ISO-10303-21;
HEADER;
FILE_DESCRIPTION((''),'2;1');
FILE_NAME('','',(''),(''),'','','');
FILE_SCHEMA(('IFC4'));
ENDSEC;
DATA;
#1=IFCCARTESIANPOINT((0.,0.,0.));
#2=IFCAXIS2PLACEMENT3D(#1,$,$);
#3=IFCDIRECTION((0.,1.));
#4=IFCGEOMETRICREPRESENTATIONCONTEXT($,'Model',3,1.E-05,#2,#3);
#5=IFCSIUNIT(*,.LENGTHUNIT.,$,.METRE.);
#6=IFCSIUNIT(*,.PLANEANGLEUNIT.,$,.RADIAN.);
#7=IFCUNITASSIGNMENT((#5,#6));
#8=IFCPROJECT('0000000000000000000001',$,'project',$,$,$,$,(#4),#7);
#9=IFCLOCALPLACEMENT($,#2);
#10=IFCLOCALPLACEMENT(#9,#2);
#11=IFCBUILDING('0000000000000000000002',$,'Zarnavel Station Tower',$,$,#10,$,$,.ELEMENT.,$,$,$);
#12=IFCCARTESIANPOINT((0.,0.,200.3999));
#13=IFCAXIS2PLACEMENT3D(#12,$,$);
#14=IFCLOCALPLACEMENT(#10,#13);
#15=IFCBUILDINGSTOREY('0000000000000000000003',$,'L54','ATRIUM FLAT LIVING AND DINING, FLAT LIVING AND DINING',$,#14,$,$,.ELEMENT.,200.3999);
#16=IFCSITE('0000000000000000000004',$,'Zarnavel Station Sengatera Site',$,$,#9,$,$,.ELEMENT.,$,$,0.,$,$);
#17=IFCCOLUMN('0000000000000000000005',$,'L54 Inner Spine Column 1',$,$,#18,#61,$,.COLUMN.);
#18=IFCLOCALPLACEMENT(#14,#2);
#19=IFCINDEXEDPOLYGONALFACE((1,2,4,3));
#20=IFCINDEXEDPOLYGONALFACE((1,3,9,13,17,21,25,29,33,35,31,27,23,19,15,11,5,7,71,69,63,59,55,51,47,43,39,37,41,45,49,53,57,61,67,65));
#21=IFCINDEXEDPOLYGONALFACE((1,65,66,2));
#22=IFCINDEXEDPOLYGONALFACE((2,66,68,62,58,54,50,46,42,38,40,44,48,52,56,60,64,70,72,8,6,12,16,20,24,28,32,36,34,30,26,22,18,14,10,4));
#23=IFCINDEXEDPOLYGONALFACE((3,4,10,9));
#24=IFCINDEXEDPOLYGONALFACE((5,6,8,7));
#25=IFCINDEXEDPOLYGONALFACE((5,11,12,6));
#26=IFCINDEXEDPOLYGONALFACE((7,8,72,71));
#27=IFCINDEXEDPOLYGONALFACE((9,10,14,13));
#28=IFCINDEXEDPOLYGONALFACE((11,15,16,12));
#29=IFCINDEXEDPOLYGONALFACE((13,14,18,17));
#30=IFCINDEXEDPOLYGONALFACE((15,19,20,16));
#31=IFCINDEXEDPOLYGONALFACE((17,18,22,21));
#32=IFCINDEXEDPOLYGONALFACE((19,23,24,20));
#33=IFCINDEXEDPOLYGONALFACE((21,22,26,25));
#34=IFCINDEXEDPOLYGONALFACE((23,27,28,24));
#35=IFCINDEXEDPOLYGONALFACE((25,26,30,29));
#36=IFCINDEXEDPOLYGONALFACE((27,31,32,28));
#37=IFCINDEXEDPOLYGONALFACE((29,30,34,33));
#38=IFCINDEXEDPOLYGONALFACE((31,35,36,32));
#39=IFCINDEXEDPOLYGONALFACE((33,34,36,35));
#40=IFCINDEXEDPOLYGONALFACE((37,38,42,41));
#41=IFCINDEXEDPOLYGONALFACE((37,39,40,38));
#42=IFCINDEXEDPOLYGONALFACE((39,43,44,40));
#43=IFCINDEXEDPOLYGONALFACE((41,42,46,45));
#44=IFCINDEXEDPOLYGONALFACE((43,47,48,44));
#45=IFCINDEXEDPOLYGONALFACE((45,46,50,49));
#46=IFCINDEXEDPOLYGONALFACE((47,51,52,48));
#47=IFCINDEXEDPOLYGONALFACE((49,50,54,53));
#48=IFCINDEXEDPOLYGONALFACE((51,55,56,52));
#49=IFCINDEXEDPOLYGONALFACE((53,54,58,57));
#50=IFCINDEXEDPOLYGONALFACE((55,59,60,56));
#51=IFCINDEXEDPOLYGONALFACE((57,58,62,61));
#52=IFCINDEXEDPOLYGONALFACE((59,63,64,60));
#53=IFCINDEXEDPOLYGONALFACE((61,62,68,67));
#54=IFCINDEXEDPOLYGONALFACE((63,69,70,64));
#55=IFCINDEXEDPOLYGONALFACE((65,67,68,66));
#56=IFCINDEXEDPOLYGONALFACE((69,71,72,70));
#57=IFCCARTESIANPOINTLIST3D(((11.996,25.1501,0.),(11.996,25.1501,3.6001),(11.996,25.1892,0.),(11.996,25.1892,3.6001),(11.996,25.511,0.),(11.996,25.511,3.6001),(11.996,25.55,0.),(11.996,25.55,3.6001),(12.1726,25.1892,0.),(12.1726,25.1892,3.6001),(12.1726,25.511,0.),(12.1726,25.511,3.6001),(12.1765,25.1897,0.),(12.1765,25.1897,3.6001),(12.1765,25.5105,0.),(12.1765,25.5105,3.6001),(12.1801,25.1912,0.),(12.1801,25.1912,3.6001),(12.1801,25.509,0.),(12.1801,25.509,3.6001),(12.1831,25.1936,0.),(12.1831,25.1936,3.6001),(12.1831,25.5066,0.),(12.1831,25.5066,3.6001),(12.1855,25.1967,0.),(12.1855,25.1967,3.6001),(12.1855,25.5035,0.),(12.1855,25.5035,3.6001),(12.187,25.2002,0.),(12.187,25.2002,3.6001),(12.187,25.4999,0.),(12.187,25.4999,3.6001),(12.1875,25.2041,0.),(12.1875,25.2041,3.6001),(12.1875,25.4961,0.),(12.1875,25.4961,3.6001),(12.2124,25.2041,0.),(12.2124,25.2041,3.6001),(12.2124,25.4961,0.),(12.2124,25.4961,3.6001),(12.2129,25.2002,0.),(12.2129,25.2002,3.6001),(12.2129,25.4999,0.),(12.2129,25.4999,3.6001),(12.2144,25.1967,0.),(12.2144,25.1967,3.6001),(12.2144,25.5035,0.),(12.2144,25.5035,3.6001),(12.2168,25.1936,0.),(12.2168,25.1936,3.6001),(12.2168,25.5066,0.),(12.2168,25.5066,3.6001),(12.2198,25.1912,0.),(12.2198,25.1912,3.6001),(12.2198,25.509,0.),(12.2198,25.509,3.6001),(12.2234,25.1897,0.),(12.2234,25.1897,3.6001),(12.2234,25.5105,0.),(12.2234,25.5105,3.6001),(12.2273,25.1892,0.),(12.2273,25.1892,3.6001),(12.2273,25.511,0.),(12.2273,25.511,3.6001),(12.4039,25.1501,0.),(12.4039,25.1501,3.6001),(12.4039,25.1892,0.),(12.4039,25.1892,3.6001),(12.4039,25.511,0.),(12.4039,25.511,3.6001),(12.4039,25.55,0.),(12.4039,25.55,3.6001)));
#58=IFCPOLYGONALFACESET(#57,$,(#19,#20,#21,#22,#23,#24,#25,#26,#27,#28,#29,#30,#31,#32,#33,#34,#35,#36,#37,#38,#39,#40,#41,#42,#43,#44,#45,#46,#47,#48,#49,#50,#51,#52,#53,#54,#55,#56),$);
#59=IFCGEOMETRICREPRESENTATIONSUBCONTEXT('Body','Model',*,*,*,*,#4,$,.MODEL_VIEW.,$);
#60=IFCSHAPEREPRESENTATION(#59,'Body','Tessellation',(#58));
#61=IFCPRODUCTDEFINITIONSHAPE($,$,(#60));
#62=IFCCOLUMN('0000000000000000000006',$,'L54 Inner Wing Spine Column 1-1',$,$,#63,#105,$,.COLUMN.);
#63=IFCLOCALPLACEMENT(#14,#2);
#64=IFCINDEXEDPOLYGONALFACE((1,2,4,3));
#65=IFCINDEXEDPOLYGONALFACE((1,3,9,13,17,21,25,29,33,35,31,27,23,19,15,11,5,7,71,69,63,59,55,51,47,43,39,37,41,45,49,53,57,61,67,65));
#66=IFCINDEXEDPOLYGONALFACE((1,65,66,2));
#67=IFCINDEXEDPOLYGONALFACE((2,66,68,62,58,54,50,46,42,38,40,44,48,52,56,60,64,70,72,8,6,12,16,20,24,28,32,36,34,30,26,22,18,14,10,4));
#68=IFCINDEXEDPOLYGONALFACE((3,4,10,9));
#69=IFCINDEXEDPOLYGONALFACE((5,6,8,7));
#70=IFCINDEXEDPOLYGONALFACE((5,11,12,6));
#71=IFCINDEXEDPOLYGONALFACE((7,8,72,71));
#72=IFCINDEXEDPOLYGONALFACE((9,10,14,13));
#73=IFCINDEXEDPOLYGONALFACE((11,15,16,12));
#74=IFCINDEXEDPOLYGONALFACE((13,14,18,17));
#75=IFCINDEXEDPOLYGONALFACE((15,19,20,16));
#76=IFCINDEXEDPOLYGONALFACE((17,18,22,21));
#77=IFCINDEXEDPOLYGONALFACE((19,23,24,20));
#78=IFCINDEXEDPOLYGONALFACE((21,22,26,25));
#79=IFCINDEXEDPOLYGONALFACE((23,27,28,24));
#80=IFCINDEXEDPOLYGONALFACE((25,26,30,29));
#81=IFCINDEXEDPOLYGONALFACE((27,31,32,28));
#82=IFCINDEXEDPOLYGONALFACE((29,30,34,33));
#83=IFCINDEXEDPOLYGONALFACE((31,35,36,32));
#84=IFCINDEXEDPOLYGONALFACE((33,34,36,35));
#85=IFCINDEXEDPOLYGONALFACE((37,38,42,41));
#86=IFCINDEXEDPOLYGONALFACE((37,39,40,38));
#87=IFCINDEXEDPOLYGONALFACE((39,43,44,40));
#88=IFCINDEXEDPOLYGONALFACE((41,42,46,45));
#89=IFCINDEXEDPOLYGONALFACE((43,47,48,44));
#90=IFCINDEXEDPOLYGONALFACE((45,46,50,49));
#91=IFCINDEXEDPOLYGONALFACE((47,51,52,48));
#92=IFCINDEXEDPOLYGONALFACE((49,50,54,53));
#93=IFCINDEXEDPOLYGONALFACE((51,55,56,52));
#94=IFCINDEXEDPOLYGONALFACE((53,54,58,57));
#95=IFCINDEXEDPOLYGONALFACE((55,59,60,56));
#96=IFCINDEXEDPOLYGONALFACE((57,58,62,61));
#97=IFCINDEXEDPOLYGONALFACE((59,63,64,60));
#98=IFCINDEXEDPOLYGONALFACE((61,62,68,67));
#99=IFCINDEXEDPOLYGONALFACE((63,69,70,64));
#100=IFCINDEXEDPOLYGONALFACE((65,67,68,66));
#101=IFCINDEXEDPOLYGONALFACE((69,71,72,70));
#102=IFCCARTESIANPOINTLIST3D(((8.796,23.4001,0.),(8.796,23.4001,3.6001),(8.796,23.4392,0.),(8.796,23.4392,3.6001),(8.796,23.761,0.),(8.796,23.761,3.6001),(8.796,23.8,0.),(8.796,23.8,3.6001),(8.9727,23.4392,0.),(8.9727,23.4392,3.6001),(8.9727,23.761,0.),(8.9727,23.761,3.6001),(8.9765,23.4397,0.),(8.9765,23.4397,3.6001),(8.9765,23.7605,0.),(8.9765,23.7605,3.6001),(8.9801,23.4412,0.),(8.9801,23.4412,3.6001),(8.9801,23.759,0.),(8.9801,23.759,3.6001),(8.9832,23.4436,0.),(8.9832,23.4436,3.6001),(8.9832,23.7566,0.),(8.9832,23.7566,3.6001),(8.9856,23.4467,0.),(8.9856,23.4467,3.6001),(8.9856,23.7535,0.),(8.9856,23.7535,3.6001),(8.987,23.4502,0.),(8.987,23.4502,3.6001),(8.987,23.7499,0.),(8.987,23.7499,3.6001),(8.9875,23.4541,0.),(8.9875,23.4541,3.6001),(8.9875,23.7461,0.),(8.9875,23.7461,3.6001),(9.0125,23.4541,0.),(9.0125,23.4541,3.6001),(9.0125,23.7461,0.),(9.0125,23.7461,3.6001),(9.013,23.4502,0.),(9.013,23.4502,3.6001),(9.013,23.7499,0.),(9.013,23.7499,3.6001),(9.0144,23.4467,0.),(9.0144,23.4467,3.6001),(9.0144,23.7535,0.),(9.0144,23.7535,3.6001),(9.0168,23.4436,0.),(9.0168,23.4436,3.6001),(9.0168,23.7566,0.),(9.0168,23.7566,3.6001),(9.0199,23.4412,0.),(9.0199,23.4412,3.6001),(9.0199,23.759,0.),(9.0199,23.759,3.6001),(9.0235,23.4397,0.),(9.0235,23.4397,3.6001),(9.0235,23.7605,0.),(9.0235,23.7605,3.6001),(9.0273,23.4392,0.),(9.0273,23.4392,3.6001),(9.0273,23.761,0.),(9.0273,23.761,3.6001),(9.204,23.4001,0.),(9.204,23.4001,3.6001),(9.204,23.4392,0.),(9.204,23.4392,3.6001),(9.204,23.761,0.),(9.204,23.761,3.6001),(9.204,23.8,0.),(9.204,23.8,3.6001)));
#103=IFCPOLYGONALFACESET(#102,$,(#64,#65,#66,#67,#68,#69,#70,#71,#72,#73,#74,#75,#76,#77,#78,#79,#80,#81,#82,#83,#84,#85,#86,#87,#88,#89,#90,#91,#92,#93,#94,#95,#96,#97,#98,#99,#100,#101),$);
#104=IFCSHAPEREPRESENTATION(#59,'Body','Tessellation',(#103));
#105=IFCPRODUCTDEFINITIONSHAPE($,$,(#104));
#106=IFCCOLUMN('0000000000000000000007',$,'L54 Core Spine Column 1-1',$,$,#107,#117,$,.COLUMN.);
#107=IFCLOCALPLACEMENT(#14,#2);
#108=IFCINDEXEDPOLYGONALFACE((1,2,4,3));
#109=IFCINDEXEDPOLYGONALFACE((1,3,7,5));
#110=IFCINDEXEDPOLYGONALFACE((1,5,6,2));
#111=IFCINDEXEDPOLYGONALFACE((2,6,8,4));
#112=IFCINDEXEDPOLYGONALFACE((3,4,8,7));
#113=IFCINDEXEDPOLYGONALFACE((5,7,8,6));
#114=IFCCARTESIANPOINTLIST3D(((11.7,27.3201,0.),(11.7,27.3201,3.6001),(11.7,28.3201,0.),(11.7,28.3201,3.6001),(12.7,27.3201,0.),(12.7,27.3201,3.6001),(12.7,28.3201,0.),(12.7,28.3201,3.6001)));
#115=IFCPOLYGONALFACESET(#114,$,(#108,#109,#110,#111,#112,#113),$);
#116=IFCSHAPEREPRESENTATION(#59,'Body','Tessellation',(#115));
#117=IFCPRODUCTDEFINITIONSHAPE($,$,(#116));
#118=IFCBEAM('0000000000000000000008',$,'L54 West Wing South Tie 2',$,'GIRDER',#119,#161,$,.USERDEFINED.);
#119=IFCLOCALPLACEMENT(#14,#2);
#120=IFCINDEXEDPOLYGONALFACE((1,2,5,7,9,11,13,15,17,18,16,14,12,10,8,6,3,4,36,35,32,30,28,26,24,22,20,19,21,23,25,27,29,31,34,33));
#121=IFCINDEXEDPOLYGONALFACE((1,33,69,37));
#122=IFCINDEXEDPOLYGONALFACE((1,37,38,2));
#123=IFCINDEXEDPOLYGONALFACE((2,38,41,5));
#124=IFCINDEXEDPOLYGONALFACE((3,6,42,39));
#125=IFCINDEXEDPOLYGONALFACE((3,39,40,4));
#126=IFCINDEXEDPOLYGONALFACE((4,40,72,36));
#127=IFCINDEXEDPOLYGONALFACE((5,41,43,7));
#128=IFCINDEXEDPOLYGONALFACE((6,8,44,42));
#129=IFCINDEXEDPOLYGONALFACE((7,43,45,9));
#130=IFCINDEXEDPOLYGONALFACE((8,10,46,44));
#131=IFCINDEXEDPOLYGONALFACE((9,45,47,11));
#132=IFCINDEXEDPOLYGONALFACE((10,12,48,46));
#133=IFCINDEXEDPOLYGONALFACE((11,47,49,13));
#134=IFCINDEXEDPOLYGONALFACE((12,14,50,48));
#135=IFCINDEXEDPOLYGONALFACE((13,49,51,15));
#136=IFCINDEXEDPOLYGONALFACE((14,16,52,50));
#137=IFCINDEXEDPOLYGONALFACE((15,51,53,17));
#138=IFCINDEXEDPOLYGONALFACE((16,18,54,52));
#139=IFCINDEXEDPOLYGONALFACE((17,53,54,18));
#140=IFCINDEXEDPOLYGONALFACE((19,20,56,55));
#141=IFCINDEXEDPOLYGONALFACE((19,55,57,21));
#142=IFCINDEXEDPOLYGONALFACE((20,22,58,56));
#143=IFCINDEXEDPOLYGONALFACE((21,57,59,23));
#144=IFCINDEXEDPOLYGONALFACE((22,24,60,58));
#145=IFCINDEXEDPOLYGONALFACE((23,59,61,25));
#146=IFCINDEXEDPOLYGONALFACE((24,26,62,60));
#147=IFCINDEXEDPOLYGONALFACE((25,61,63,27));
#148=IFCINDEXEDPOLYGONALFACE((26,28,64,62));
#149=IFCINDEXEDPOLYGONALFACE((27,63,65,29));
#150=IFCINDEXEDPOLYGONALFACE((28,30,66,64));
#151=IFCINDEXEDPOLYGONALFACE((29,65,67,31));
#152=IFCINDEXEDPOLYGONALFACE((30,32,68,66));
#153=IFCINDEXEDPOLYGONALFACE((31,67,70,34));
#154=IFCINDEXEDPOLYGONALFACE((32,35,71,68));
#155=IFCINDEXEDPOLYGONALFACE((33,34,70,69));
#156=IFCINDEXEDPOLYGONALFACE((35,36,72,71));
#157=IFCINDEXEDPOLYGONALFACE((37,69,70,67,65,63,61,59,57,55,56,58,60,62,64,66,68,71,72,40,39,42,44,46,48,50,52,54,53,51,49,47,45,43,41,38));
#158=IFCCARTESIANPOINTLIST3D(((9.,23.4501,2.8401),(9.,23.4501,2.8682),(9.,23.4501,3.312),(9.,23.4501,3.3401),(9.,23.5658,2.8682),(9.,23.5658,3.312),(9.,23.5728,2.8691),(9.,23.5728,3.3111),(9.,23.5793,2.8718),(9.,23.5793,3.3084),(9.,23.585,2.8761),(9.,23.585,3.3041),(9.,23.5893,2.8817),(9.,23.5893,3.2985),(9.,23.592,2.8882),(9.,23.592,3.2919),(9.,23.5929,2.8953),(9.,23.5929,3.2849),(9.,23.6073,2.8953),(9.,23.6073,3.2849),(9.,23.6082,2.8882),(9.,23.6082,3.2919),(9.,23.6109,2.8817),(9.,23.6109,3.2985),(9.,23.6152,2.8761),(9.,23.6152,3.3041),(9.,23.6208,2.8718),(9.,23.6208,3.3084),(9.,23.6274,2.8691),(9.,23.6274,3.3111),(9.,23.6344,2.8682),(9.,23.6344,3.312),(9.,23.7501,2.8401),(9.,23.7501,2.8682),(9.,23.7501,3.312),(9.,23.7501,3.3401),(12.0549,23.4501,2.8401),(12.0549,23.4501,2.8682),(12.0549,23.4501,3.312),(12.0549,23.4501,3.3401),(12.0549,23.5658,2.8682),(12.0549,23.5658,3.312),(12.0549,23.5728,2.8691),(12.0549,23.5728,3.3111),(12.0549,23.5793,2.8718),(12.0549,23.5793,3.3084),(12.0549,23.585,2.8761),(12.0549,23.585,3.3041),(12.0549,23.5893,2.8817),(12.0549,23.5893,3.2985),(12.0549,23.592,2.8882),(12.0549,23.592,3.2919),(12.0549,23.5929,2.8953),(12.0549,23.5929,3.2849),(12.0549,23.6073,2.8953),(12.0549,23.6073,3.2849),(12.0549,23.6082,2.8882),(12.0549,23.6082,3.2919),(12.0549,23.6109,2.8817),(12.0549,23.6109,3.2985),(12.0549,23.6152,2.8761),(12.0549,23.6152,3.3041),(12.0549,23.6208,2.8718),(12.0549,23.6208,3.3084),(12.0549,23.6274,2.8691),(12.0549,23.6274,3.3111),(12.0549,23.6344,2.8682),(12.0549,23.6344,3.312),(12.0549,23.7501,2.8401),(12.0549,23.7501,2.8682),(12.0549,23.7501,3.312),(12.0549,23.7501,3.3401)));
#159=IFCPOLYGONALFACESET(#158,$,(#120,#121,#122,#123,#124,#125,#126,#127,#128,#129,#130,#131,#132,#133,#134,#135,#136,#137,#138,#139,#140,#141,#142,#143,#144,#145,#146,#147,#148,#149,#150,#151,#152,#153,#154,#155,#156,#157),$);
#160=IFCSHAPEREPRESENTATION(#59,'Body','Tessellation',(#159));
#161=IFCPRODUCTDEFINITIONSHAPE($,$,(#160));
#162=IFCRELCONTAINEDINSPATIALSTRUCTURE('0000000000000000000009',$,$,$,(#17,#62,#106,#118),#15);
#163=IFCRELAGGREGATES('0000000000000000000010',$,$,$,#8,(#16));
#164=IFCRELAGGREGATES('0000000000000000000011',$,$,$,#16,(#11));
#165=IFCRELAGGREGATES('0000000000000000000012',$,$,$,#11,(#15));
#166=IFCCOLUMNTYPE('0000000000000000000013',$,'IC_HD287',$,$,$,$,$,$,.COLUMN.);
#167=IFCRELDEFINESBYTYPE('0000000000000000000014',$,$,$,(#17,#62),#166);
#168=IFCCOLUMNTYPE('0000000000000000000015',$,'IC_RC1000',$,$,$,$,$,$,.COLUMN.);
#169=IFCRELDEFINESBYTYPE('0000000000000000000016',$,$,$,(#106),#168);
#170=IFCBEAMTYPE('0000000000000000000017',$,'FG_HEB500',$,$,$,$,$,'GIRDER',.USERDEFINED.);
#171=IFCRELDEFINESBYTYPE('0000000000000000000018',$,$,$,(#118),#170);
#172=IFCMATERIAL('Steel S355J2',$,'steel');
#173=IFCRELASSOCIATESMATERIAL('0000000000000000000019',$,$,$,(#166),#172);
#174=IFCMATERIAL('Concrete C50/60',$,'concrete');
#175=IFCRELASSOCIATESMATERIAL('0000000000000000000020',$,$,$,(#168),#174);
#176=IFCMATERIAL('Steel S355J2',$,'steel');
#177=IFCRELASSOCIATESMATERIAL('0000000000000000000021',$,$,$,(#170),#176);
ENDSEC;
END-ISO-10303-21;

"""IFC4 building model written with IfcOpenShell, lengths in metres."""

from ifc_helpers import new_model, si_unit, direction, frame, origin, origin_2d, place, context, subcontext, project, spatial, rectangle, i_section, extrude, material, material_profile, profile_set, type_object, element, save


model = new_model("IFC4")

# Units and contexts
model_context = context("Model", 3, precision=1e-05, world=origin(), true_north=direction((0.0, 1.0)))
body_context = subcontext(model_context, "Body", "Model", "MODEL_VIEW")
ifc_project = project(units=[si_unit("LENGTHUNIT", "METRE"), si_unit("PLANEANGLEUNIT", "RADIAN")], contexts=[model_context])

# Site, building, storey
site_placement = place(None, origin())
site = spatial("IfcSite", under=ifc_project, at=site_placement, Name="Zarnavel Station Sengatera Site", CompositionType="ELEMENT", RefElevation=0.0)
building_placement = place(site_placement, origin())
building = spatial("IfcBuilding", under=site, at=building_placement, Name="Zarnavel Station Tower", CompositionType="ELEMENT")
storey_placement = place(building_placement, frame((0.0, 0.0, 200.3999)))
storey = spatial("IfcBuildingStorey", under=building, at=storey_placement, Name="L54", Description="ATRIUM FLAT LIVING AND DINING, FLAT LIVING AND DINING", CompositionType="ELEMENT", Elevation=200.3999)

# Columns
ifc_material_1 = material(Name="Steel S355J2", Category="steel")
ifc_material_profile_1 = material_profile(ifc_material_1, i_section(OverallWidth=0.408, OverallDepth=0.3999, WebThickness=0.0249, FlangeThickness=0.0391, FilletRadius=0.0149, at=origin_2d()), Name="HD400x287")
ifc_profile_set_1 = profile_set([ifc_material_profile_1], Name="Steel S355J2")
column_type_1 = type_object("IfcColumnType", Name="IC_HD287", PredefinedType="COLUMN", material=ifc_profile_set_1)
for number, where, z_axis, x_axis, name in (
    (1, (12.2, 25.3501, 0.0), (0.0, 0.0, 1.0), (1.0, 0.0, 0.0), "L54 Inner Spine Column 1"),
    (2, (9.0, 23.6001, 0.0), (0.0, 0.0, 1.0), (1.0, 0.0, 0.0), "L54 Inner Wing Spine Column 1-1"),
):
    element("IfcColumn", number, at=place(storey_placement, frame(where, z_axis=z_axis, x_axis=x_axis)), inside=storey, type_object=column_type_1, Name=name, PredefinedType="COLUMN", context=body_context, shape_type="SweptSolid", body=[
        extrude(i_section(OverallWidth=0.408, OverallDepth=0.3999, WebThickness=0.0249, FlangeThickness=0.0391, FilletRadius=0.0149, at=origin_2d()), origin(), (0.0, 0.0, 1.0), 3.6001),
    ])
ifc_material_2 = material(Name="Concrete C50/60", Category="concrete")
ifc_material_profile_2 = material_profile(ifc_material_2, rectangle(XDim=1.0, YDim=1.0, at=origin_2d()), Name="RC1000x1000")
ifc_profile_set_2 = profile_set([ifc_material_profile_2], Name="Concrete C50/60")
column_type_2 = type_object("IfcColumnType", Name="IC_RC1000", PredefinedType="COLUMN", material=ifc_profile_set_2)
column_placement = place(storey_placement, frame((12.2, 27.8201, 0.0), z_axis=(0.0, 0.0, 1.0), x_axis=(1.0, 0.0, 0.0)))
element("IfcColumn", 3, at=column_placement, inside=storey, type_object=column_type_2, Name="L54 Core Spine Column 1-1", PredefinedType="COLUMN", context=body_context, shape_type="SweptSolid", body=[
    extrude(rectangle(XDim=1.0, YDim=1.0, at=origin_2d()), origin(), (0.0, 0.0, 1.0), 3.6001),
])

# Beam
ifc_material_3 = material(Name="Steel S355J2", Category="steel")
ifc_material_profile_3 = material_profile(ifc_material_3, i_section(OverallWidth=0.3, OverallDepth=0.5, WebThickness=0.0144, FlangeThickness=0.0281, FilletRadius=0.0271, at=origin_2d()), Name="HEB500")
ifc_profile_set_3 = profile_set([ifc_material_profile_3], Name="Steel S355J2")
beam_type_1 = type_object("IfcBeamType", Name="FG_HEB500", ElementType="GIRDER", PredefinedType="USERDEFINED", material=ifc_profile_set_3)
beam_1_placement = place(storey_placement, frame((9.0, 23.6001, 3.0901), z_axis=(1.0, 0.0, 0.0), x_axis=(0.0, 1.0, 0.0)))
element("IfcBeam", 4, at=beam_1_placement, inside=storey, type_object=beam_type_1, Name="L54 West Wing South Tie 2", ObjectType="GIRDER", PredefinedType="USERDEFINED", context=body_context, shape_type="SweptSolid", body=[
    extrude(i_section(OverallWidth=0.3, OverallDepth=0.5, WebThickness=0.0144, FlangeThickness=0.0281, FilletRadius=0.0271, at=origin_2d()), origin(), (0.0, 0.0, 1.0), 3.0549),
])

save(model, "model.ifc")
